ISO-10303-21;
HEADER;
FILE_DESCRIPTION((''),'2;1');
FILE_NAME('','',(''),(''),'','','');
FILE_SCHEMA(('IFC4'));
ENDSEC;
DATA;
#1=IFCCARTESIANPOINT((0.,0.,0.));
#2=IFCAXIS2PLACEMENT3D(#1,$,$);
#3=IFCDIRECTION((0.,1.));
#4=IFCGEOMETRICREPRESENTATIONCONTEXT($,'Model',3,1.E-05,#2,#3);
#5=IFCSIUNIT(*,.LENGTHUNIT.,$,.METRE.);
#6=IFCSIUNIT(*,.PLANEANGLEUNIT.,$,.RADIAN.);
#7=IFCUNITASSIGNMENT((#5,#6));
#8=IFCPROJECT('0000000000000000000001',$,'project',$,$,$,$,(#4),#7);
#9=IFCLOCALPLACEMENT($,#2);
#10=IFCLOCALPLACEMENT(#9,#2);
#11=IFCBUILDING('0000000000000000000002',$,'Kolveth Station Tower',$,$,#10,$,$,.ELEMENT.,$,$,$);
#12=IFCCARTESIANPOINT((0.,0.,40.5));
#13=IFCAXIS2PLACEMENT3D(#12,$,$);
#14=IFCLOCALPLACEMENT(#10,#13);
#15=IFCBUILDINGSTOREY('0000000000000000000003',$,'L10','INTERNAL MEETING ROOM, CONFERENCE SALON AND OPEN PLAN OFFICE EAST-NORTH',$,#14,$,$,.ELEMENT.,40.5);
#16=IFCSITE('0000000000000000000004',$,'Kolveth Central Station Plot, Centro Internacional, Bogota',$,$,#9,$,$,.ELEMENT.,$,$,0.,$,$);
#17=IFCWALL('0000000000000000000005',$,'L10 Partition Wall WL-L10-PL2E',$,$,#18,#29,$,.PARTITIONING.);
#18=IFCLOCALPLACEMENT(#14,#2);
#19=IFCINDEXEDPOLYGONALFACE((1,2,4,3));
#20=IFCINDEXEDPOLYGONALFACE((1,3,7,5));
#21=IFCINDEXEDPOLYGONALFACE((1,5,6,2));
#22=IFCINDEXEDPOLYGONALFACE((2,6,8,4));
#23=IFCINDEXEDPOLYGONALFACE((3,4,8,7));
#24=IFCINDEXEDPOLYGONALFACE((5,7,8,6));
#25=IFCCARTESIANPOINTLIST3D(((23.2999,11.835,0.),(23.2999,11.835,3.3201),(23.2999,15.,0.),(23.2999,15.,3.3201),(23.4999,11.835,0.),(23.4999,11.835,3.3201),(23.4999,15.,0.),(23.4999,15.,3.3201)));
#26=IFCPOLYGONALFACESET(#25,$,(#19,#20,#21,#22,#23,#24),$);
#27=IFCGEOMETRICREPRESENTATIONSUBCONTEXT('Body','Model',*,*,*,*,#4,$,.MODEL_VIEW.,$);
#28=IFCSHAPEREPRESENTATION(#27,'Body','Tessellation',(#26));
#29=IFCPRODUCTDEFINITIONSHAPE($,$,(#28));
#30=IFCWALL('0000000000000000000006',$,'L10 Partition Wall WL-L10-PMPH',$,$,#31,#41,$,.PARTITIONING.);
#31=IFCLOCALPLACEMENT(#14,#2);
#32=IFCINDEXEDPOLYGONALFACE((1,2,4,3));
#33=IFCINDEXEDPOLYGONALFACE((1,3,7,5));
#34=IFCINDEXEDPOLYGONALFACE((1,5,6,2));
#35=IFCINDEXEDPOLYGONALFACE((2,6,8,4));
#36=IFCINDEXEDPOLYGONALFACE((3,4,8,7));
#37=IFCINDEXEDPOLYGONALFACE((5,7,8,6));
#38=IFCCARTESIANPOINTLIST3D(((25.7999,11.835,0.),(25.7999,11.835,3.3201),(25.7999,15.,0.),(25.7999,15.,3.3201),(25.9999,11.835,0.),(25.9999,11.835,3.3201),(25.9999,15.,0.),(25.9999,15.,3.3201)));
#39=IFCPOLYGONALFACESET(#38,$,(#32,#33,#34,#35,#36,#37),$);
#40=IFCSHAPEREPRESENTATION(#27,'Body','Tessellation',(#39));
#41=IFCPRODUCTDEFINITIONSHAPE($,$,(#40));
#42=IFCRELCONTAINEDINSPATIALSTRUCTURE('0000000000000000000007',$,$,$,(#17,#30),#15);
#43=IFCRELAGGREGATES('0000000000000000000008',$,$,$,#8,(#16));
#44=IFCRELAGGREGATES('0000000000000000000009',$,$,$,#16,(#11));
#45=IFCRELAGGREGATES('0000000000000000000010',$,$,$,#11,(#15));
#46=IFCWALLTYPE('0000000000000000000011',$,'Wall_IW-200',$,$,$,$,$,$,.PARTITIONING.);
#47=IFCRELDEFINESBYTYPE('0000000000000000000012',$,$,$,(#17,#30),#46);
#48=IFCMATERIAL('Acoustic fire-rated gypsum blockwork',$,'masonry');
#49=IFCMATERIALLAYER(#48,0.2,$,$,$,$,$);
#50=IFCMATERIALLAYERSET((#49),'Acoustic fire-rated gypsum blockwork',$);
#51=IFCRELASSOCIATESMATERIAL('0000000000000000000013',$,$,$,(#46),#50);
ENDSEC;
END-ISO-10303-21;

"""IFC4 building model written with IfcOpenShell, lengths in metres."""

from ifc_helpers import new_model, si_unit, direction, frame, frame_2d, origin, place, context, subcontext, project, spatial, rectangle, extrude, material, layer, layer_set, type_object, element, save


model = new_model("IFC4")

# Units and contexts
model_context = context("Model", 3, precision=1e-05, world=origin(), true_north=direction((0.0, 1.0)))
body_context = subcontext(model_context, "Body", "Model", "MODEL_VIEW")
ifc_project = project(units=[si_unit("LENGTHUNIT", "METRE"), si_unit("PLANEANGLEUNIT", "RADIAN")], contexts=[model_context])

# Site, building, storey
site_placement = place(None, origin())
site = spatial("IfcSite", under=ifc_project, at=site_placement, Name="Kolveth Central Station Plot, Centro Internacional, Bogota", CompositionType="ELEMENT", RefElevation=0.0)
building_placement = place(site_placement, origin())
building = spatial("IfcBuilding", under=site, at=building_placement, Name="Kolveth Station Tower", CompositionType="ELEMENT")
storey_placement = place(building_placement, frame((0.0, 0.0, 40.5)))
storey = spatial("IfcBuildingStorey", under=building, at=storey_placement, Name="L10", Description="INTERNAL MEETING ROOM, CONFERENCE SALON AND OPEN PLAN OFFICE EAST-NORTH", CompositionType="ELEMENT", Elevation=40.5)

# Shared definitions
ifc_material_1 = material(Name="Acoustic fire-rated gypsum blockwork", Category="masonry")
ifc_layer_1 = layer(ifc_material_1, 0.2)
ifc_layer_set_1 = layer_set([ifc_layer_1], Name="Acoustic fire-rated gypsum blockwork")
wall_type_1 = type_object("IfcWallType", Name="Wall_IW-200", PredefinedType="PARTITIONING", material=ifc_layer_set_1)

# Walls
for number, where, z_axis, x_axis, name in (
    (1, (23.3999, 11.835, 0.0), (0.0, 0.0, 1.0), (0.0, 1.0, 0.0), "L10 Partition Wall WL-L10-PL2E"),
    (2, (25.8999, 11.835, 0.0), (0.0, 0.0, 1.0), (0.0, 1.0, 0.0), "L10 Partition Wall WL-L10-PMPH"),
):
    element("IfcWall", number, at=place(storey_placement, frame(where, z_axis=z_axis, x_axis=x_axis)), inside=storey, type_object=wall_type_1, Name=name, PredefinedType="PARTITIONING", context=body_context, shape_type="SweptSolid", body=[
        extrude(rectangle(XDim=3.165, YDim=0.2, at=frame_2d((1.5825, 0.0))), origin(), (0.0, 0.0, 1.0), 3.3201),
    ])

save(model, "model.ifc")
